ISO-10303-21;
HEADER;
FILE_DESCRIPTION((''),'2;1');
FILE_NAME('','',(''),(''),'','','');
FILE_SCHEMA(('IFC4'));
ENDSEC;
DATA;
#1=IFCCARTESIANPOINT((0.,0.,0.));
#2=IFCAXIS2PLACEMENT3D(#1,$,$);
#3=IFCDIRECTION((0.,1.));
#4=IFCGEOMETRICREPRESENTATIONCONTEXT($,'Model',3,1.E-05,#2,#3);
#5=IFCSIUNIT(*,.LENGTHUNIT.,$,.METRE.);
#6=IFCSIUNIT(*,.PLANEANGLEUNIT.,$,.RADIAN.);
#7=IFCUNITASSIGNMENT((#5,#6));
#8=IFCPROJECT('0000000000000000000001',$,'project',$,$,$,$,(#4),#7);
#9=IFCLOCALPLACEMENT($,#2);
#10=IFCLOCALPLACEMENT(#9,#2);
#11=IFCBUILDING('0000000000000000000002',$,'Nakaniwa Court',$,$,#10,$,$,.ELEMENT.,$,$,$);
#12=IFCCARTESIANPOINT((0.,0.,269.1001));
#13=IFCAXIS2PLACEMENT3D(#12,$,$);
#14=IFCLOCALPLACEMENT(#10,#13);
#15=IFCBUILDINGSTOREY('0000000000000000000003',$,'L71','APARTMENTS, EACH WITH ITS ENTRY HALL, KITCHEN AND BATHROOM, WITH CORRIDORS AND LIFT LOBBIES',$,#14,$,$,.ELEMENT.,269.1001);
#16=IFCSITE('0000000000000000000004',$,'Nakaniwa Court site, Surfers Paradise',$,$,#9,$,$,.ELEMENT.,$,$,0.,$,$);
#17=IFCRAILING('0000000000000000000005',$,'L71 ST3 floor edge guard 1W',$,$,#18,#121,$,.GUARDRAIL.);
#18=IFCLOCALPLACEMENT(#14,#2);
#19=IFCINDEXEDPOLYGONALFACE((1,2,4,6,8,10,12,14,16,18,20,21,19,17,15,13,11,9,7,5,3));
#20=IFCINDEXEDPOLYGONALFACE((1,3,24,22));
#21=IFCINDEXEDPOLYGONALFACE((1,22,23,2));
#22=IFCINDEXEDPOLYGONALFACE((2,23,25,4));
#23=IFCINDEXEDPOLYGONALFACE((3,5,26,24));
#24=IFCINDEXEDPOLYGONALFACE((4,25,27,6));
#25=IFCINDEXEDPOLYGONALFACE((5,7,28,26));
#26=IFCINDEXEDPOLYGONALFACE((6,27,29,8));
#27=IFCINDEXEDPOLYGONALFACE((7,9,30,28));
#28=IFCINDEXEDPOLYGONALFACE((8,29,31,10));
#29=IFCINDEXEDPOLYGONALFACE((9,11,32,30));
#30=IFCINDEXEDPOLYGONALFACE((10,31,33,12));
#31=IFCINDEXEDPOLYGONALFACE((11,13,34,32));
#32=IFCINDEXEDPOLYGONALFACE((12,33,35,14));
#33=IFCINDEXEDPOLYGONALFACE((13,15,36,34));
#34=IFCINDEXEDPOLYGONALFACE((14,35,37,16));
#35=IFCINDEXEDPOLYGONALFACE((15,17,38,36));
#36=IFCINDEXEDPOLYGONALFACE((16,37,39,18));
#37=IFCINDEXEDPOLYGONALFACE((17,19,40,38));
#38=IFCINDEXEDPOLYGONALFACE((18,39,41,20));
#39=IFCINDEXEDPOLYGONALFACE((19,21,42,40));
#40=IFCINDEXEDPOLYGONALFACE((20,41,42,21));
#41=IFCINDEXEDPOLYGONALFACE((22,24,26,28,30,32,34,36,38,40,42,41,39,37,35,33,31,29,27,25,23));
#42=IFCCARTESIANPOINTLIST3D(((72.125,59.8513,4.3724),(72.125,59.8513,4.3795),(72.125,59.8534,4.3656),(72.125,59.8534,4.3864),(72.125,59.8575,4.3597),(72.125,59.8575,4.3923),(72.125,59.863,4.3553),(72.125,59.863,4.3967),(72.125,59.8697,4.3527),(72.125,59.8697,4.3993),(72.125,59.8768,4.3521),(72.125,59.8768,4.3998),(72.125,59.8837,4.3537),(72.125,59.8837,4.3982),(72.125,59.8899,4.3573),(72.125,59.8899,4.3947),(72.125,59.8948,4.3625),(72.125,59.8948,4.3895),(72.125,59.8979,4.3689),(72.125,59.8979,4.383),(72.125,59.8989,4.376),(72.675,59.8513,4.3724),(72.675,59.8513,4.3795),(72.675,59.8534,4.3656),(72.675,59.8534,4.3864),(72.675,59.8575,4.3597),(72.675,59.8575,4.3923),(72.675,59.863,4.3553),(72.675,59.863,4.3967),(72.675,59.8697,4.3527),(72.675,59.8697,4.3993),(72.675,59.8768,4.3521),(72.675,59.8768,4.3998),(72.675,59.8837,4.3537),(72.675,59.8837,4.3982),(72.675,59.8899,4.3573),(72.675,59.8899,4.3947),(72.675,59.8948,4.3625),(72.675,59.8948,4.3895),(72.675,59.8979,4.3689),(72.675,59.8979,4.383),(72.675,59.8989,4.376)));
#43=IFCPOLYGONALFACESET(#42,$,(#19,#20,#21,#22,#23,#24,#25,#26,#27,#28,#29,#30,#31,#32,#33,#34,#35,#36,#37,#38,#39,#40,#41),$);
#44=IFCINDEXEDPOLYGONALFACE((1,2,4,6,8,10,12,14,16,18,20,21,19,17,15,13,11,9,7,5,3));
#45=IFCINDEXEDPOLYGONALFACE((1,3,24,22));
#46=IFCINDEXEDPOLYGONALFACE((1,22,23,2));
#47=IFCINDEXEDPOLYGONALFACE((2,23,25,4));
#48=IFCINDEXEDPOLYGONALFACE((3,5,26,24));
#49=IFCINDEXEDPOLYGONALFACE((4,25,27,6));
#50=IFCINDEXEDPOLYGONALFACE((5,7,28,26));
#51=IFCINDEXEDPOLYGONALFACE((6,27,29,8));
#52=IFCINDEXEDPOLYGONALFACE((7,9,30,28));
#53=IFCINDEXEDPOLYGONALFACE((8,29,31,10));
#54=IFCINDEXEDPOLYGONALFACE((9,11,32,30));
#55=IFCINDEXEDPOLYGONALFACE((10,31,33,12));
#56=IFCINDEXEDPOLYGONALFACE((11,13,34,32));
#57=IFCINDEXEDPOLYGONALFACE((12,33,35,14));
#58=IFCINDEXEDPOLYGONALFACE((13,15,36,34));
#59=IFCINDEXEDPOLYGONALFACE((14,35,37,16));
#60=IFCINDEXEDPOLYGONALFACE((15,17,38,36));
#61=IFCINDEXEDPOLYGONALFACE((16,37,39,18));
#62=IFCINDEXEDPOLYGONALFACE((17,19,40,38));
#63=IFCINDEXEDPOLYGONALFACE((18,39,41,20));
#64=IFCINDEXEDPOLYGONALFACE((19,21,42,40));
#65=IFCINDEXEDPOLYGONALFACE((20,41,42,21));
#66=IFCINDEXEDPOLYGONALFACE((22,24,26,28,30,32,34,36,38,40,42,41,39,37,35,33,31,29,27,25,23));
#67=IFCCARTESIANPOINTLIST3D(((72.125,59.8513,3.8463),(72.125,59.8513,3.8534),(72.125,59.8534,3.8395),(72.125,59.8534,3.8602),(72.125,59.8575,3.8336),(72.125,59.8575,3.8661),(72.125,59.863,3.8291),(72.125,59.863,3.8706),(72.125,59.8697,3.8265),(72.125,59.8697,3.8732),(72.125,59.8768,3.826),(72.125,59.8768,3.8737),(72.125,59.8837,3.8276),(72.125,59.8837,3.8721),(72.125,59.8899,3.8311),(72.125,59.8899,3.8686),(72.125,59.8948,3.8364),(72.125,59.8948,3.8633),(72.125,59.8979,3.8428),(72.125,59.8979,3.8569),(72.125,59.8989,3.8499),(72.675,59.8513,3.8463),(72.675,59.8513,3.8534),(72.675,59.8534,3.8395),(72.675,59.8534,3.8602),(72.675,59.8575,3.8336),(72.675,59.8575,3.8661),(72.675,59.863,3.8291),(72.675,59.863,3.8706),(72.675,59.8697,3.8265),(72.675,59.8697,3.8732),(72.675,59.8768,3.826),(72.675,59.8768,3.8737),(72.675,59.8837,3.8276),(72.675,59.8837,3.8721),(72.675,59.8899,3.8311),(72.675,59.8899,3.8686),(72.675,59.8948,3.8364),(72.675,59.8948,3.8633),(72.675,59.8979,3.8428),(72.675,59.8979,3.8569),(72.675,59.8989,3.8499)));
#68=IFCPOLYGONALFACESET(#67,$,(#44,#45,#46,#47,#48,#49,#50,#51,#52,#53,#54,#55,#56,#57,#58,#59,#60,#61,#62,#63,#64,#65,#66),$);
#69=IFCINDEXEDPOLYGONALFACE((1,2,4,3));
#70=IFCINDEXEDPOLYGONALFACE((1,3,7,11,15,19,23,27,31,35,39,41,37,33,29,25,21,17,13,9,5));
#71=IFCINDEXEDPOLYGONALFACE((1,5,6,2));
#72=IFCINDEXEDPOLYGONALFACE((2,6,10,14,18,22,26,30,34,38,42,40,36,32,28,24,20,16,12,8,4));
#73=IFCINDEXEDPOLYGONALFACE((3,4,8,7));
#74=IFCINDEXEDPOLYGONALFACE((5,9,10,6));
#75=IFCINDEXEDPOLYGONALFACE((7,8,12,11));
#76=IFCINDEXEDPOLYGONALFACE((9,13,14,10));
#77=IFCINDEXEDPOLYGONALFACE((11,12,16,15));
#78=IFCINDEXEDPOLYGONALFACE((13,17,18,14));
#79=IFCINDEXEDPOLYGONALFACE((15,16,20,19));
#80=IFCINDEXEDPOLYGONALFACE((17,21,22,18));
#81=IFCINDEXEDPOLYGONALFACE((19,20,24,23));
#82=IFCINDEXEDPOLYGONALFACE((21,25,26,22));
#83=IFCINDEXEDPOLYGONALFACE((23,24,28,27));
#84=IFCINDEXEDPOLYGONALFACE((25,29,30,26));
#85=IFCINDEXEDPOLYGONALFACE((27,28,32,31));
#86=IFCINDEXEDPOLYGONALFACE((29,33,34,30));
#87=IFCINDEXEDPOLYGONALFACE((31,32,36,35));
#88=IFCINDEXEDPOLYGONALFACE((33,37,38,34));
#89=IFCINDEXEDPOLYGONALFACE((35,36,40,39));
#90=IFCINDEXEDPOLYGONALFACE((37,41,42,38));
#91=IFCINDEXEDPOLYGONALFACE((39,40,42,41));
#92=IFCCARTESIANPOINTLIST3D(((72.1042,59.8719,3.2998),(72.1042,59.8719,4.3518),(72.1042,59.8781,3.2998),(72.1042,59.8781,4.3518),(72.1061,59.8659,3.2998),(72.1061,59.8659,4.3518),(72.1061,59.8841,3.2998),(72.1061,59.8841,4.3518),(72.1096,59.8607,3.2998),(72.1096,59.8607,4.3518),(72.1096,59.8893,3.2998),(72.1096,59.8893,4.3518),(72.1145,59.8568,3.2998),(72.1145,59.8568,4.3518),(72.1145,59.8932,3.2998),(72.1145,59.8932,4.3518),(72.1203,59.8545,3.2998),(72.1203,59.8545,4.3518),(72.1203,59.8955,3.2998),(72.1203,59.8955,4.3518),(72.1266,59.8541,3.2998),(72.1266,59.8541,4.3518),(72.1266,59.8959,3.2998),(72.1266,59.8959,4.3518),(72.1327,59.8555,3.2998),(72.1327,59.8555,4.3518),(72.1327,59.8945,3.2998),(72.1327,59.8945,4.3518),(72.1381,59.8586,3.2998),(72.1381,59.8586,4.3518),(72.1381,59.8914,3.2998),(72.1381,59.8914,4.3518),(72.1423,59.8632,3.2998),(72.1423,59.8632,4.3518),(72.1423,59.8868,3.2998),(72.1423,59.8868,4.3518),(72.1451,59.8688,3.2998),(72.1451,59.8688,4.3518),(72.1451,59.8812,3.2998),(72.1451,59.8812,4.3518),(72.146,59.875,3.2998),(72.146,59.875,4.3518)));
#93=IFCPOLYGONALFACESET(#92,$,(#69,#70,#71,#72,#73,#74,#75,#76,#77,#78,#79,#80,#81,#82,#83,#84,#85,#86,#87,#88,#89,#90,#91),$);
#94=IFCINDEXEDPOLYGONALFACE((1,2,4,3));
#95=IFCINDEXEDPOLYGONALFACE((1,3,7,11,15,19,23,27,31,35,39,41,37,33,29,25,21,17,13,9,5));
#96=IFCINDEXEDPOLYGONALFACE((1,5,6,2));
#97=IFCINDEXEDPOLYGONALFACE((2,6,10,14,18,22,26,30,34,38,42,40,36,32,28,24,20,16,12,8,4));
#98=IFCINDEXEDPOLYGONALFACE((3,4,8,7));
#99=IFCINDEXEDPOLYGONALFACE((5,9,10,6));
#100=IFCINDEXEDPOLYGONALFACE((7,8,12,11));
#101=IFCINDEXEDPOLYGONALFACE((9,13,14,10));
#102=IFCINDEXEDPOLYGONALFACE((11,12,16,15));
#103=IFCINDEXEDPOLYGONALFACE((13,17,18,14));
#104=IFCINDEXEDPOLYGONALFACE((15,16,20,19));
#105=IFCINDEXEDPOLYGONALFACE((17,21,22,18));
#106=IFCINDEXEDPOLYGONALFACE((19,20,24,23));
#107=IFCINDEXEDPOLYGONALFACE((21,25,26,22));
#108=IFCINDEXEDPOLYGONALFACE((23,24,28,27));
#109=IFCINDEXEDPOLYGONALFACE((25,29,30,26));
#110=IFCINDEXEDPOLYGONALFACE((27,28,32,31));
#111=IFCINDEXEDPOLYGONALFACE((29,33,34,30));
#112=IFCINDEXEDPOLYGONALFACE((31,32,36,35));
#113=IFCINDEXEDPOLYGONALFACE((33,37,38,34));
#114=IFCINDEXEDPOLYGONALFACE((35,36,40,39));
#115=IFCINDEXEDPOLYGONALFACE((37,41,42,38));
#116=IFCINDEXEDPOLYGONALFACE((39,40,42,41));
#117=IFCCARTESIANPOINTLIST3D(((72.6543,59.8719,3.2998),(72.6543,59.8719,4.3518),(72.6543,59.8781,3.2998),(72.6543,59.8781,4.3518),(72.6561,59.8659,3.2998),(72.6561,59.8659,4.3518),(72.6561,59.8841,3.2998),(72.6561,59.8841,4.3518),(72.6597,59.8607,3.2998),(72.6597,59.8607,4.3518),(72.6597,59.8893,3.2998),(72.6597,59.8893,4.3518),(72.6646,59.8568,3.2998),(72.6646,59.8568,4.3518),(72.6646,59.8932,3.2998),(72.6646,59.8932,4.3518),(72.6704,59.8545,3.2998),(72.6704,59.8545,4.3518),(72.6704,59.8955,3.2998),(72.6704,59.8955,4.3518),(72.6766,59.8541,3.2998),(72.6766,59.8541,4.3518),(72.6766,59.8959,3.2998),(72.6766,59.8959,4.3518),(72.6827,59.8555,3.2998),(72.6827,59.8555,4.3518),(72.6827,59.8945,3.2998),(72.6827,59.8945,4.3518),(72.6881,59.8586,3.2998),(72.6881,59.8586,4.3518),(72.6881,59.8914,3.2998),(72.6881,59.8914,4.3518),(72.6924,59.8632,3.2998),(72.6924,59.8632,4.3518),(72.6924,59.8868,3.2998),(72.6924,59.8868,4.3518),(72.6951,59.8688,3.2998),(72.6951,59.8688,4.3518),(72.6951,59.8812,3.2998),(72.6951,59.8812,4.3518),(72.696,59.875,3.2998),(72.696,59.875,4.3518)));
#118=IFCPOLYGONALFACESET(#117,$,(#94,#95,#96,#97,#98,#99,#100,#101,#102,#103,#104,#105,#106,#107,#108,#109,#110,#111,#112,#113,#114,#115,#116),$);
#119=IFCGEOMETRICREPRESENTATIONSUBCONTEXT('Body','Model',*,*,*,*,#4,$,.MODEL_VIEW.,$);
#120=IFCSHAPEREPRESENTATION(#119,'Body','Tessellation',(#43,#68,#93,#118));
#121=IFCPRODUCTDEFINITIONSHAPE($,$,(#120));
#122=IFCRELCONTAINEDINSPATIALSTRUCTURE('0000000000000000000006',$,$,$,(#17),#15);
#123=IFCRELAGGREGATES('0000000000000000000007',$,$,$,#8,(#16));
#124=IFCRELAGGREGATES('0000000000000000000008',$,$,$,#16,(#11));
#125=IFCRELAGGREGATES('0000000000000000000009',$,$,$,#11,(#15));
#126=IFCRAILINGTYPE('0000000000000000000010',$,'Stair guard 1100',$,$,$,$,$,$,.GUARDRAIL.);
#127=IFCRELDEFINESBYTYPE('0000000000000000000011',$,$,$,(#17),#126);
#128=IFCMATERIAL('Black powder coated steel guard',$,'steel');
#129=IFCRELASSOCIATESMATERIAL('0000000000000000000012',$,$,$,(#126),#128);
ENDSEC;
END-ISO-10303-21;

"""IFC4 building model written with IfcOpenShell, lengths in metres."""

from ifc_helpers import new_model, si_unit, direction, frame, origin, origin_2d, place, context, subcontext, project, spatial, circle, extrude, material, type_object, element, save


model = new_model("IFC4")

# Units and contexts
model_context = context("Model", 3, precision=1e-05, world=origin(), true_north=direction((0.0, 1.0)))
body_context = subcontext(model_context, "Body", "Model", "MODEL_VIEW")
ifc_project = project(units=[si_unit("LENGTHUNIT", "METRE"), si_unit("PLANEANGLEUNIT", "RADIAN")], contexts=[model_context])

# Site, building, storey
site_placement = place(None, origin())
site = spatial("IfcSite", under=ifc_project, at=site_placement, Name="Nakaniwa Court site, Surfers Paradise", CompositionType="ELEMENT", RefElevation=0.0)
building_placement = place(site_placement, origin())
building = spatial("IfcBuilding", under=site, at=building_placement, Name="Nakaniwa Court", CompositionType="ELEMENT")
storey_placement = place(building_placement, frame((0.0, 0.0, 269.1001)))
storey = spatial("IfcBuildingStorey", under=building, at=storey_placement, Name="L71", Description="APARTMENTS, EACH WITH ITS ENTRY HALL, KITCHEN AND BATHROOM, WITH CORRIDORS AND LIFT LOBBIES", CompositionType="ELEMENT", Elevation=269.1001)

# Railing
ifc_material_1 = material(Name="Black powder coated steel guard", Category="steel")
railing_type_1 = type_object("IfcRailingType", Name="Stair guard 1100", PredefinedType="GUARDRAIL", material=ifc_material_1)
for number, where, name in (
    (1, (72.125, 59.875, 3.2998), "L71 ST3 floor edge guard 1W"),
):
    element("IfcRailing", number, at=place(storey_placement, frame(where)), inside=storey, type_object=railing_type_1, Name=name, PredefinedType="GUARDRAIL", context=body_context, shape_type="SweptSolid", body=[
        extrude(circle(Radius=0.0239, at=origin_2d()), frame((0.0, 0.0, 1.0762), z_axis=(1.0, 0.0, 0.0), x_axis=(0.0, 1.0, 0.0)), (0.0, 0.0, 1.0), 0.55),
        extrude(circle(Radius=0.0239, at=origin_2d()), frame((0.0, 0.0, 0.55), z_axis=(1.0, 0.0, 0.0), x_axis=(0.0, 1.0, 0.0)), (0.0, 0.0, 1.0), 0.55),
        extrude(circle(Radius=0.021, at=origin_2d()), origin(), (0.0, 0.0, 1.0), 1.052),
        extrude(circle(Radius=0.021, at=origin_2d()), frame((0.55, 0.0, 0.0)), (0.0, 0.0, 1.0), 1.052),
    ])

save(model, "model.ifc")
